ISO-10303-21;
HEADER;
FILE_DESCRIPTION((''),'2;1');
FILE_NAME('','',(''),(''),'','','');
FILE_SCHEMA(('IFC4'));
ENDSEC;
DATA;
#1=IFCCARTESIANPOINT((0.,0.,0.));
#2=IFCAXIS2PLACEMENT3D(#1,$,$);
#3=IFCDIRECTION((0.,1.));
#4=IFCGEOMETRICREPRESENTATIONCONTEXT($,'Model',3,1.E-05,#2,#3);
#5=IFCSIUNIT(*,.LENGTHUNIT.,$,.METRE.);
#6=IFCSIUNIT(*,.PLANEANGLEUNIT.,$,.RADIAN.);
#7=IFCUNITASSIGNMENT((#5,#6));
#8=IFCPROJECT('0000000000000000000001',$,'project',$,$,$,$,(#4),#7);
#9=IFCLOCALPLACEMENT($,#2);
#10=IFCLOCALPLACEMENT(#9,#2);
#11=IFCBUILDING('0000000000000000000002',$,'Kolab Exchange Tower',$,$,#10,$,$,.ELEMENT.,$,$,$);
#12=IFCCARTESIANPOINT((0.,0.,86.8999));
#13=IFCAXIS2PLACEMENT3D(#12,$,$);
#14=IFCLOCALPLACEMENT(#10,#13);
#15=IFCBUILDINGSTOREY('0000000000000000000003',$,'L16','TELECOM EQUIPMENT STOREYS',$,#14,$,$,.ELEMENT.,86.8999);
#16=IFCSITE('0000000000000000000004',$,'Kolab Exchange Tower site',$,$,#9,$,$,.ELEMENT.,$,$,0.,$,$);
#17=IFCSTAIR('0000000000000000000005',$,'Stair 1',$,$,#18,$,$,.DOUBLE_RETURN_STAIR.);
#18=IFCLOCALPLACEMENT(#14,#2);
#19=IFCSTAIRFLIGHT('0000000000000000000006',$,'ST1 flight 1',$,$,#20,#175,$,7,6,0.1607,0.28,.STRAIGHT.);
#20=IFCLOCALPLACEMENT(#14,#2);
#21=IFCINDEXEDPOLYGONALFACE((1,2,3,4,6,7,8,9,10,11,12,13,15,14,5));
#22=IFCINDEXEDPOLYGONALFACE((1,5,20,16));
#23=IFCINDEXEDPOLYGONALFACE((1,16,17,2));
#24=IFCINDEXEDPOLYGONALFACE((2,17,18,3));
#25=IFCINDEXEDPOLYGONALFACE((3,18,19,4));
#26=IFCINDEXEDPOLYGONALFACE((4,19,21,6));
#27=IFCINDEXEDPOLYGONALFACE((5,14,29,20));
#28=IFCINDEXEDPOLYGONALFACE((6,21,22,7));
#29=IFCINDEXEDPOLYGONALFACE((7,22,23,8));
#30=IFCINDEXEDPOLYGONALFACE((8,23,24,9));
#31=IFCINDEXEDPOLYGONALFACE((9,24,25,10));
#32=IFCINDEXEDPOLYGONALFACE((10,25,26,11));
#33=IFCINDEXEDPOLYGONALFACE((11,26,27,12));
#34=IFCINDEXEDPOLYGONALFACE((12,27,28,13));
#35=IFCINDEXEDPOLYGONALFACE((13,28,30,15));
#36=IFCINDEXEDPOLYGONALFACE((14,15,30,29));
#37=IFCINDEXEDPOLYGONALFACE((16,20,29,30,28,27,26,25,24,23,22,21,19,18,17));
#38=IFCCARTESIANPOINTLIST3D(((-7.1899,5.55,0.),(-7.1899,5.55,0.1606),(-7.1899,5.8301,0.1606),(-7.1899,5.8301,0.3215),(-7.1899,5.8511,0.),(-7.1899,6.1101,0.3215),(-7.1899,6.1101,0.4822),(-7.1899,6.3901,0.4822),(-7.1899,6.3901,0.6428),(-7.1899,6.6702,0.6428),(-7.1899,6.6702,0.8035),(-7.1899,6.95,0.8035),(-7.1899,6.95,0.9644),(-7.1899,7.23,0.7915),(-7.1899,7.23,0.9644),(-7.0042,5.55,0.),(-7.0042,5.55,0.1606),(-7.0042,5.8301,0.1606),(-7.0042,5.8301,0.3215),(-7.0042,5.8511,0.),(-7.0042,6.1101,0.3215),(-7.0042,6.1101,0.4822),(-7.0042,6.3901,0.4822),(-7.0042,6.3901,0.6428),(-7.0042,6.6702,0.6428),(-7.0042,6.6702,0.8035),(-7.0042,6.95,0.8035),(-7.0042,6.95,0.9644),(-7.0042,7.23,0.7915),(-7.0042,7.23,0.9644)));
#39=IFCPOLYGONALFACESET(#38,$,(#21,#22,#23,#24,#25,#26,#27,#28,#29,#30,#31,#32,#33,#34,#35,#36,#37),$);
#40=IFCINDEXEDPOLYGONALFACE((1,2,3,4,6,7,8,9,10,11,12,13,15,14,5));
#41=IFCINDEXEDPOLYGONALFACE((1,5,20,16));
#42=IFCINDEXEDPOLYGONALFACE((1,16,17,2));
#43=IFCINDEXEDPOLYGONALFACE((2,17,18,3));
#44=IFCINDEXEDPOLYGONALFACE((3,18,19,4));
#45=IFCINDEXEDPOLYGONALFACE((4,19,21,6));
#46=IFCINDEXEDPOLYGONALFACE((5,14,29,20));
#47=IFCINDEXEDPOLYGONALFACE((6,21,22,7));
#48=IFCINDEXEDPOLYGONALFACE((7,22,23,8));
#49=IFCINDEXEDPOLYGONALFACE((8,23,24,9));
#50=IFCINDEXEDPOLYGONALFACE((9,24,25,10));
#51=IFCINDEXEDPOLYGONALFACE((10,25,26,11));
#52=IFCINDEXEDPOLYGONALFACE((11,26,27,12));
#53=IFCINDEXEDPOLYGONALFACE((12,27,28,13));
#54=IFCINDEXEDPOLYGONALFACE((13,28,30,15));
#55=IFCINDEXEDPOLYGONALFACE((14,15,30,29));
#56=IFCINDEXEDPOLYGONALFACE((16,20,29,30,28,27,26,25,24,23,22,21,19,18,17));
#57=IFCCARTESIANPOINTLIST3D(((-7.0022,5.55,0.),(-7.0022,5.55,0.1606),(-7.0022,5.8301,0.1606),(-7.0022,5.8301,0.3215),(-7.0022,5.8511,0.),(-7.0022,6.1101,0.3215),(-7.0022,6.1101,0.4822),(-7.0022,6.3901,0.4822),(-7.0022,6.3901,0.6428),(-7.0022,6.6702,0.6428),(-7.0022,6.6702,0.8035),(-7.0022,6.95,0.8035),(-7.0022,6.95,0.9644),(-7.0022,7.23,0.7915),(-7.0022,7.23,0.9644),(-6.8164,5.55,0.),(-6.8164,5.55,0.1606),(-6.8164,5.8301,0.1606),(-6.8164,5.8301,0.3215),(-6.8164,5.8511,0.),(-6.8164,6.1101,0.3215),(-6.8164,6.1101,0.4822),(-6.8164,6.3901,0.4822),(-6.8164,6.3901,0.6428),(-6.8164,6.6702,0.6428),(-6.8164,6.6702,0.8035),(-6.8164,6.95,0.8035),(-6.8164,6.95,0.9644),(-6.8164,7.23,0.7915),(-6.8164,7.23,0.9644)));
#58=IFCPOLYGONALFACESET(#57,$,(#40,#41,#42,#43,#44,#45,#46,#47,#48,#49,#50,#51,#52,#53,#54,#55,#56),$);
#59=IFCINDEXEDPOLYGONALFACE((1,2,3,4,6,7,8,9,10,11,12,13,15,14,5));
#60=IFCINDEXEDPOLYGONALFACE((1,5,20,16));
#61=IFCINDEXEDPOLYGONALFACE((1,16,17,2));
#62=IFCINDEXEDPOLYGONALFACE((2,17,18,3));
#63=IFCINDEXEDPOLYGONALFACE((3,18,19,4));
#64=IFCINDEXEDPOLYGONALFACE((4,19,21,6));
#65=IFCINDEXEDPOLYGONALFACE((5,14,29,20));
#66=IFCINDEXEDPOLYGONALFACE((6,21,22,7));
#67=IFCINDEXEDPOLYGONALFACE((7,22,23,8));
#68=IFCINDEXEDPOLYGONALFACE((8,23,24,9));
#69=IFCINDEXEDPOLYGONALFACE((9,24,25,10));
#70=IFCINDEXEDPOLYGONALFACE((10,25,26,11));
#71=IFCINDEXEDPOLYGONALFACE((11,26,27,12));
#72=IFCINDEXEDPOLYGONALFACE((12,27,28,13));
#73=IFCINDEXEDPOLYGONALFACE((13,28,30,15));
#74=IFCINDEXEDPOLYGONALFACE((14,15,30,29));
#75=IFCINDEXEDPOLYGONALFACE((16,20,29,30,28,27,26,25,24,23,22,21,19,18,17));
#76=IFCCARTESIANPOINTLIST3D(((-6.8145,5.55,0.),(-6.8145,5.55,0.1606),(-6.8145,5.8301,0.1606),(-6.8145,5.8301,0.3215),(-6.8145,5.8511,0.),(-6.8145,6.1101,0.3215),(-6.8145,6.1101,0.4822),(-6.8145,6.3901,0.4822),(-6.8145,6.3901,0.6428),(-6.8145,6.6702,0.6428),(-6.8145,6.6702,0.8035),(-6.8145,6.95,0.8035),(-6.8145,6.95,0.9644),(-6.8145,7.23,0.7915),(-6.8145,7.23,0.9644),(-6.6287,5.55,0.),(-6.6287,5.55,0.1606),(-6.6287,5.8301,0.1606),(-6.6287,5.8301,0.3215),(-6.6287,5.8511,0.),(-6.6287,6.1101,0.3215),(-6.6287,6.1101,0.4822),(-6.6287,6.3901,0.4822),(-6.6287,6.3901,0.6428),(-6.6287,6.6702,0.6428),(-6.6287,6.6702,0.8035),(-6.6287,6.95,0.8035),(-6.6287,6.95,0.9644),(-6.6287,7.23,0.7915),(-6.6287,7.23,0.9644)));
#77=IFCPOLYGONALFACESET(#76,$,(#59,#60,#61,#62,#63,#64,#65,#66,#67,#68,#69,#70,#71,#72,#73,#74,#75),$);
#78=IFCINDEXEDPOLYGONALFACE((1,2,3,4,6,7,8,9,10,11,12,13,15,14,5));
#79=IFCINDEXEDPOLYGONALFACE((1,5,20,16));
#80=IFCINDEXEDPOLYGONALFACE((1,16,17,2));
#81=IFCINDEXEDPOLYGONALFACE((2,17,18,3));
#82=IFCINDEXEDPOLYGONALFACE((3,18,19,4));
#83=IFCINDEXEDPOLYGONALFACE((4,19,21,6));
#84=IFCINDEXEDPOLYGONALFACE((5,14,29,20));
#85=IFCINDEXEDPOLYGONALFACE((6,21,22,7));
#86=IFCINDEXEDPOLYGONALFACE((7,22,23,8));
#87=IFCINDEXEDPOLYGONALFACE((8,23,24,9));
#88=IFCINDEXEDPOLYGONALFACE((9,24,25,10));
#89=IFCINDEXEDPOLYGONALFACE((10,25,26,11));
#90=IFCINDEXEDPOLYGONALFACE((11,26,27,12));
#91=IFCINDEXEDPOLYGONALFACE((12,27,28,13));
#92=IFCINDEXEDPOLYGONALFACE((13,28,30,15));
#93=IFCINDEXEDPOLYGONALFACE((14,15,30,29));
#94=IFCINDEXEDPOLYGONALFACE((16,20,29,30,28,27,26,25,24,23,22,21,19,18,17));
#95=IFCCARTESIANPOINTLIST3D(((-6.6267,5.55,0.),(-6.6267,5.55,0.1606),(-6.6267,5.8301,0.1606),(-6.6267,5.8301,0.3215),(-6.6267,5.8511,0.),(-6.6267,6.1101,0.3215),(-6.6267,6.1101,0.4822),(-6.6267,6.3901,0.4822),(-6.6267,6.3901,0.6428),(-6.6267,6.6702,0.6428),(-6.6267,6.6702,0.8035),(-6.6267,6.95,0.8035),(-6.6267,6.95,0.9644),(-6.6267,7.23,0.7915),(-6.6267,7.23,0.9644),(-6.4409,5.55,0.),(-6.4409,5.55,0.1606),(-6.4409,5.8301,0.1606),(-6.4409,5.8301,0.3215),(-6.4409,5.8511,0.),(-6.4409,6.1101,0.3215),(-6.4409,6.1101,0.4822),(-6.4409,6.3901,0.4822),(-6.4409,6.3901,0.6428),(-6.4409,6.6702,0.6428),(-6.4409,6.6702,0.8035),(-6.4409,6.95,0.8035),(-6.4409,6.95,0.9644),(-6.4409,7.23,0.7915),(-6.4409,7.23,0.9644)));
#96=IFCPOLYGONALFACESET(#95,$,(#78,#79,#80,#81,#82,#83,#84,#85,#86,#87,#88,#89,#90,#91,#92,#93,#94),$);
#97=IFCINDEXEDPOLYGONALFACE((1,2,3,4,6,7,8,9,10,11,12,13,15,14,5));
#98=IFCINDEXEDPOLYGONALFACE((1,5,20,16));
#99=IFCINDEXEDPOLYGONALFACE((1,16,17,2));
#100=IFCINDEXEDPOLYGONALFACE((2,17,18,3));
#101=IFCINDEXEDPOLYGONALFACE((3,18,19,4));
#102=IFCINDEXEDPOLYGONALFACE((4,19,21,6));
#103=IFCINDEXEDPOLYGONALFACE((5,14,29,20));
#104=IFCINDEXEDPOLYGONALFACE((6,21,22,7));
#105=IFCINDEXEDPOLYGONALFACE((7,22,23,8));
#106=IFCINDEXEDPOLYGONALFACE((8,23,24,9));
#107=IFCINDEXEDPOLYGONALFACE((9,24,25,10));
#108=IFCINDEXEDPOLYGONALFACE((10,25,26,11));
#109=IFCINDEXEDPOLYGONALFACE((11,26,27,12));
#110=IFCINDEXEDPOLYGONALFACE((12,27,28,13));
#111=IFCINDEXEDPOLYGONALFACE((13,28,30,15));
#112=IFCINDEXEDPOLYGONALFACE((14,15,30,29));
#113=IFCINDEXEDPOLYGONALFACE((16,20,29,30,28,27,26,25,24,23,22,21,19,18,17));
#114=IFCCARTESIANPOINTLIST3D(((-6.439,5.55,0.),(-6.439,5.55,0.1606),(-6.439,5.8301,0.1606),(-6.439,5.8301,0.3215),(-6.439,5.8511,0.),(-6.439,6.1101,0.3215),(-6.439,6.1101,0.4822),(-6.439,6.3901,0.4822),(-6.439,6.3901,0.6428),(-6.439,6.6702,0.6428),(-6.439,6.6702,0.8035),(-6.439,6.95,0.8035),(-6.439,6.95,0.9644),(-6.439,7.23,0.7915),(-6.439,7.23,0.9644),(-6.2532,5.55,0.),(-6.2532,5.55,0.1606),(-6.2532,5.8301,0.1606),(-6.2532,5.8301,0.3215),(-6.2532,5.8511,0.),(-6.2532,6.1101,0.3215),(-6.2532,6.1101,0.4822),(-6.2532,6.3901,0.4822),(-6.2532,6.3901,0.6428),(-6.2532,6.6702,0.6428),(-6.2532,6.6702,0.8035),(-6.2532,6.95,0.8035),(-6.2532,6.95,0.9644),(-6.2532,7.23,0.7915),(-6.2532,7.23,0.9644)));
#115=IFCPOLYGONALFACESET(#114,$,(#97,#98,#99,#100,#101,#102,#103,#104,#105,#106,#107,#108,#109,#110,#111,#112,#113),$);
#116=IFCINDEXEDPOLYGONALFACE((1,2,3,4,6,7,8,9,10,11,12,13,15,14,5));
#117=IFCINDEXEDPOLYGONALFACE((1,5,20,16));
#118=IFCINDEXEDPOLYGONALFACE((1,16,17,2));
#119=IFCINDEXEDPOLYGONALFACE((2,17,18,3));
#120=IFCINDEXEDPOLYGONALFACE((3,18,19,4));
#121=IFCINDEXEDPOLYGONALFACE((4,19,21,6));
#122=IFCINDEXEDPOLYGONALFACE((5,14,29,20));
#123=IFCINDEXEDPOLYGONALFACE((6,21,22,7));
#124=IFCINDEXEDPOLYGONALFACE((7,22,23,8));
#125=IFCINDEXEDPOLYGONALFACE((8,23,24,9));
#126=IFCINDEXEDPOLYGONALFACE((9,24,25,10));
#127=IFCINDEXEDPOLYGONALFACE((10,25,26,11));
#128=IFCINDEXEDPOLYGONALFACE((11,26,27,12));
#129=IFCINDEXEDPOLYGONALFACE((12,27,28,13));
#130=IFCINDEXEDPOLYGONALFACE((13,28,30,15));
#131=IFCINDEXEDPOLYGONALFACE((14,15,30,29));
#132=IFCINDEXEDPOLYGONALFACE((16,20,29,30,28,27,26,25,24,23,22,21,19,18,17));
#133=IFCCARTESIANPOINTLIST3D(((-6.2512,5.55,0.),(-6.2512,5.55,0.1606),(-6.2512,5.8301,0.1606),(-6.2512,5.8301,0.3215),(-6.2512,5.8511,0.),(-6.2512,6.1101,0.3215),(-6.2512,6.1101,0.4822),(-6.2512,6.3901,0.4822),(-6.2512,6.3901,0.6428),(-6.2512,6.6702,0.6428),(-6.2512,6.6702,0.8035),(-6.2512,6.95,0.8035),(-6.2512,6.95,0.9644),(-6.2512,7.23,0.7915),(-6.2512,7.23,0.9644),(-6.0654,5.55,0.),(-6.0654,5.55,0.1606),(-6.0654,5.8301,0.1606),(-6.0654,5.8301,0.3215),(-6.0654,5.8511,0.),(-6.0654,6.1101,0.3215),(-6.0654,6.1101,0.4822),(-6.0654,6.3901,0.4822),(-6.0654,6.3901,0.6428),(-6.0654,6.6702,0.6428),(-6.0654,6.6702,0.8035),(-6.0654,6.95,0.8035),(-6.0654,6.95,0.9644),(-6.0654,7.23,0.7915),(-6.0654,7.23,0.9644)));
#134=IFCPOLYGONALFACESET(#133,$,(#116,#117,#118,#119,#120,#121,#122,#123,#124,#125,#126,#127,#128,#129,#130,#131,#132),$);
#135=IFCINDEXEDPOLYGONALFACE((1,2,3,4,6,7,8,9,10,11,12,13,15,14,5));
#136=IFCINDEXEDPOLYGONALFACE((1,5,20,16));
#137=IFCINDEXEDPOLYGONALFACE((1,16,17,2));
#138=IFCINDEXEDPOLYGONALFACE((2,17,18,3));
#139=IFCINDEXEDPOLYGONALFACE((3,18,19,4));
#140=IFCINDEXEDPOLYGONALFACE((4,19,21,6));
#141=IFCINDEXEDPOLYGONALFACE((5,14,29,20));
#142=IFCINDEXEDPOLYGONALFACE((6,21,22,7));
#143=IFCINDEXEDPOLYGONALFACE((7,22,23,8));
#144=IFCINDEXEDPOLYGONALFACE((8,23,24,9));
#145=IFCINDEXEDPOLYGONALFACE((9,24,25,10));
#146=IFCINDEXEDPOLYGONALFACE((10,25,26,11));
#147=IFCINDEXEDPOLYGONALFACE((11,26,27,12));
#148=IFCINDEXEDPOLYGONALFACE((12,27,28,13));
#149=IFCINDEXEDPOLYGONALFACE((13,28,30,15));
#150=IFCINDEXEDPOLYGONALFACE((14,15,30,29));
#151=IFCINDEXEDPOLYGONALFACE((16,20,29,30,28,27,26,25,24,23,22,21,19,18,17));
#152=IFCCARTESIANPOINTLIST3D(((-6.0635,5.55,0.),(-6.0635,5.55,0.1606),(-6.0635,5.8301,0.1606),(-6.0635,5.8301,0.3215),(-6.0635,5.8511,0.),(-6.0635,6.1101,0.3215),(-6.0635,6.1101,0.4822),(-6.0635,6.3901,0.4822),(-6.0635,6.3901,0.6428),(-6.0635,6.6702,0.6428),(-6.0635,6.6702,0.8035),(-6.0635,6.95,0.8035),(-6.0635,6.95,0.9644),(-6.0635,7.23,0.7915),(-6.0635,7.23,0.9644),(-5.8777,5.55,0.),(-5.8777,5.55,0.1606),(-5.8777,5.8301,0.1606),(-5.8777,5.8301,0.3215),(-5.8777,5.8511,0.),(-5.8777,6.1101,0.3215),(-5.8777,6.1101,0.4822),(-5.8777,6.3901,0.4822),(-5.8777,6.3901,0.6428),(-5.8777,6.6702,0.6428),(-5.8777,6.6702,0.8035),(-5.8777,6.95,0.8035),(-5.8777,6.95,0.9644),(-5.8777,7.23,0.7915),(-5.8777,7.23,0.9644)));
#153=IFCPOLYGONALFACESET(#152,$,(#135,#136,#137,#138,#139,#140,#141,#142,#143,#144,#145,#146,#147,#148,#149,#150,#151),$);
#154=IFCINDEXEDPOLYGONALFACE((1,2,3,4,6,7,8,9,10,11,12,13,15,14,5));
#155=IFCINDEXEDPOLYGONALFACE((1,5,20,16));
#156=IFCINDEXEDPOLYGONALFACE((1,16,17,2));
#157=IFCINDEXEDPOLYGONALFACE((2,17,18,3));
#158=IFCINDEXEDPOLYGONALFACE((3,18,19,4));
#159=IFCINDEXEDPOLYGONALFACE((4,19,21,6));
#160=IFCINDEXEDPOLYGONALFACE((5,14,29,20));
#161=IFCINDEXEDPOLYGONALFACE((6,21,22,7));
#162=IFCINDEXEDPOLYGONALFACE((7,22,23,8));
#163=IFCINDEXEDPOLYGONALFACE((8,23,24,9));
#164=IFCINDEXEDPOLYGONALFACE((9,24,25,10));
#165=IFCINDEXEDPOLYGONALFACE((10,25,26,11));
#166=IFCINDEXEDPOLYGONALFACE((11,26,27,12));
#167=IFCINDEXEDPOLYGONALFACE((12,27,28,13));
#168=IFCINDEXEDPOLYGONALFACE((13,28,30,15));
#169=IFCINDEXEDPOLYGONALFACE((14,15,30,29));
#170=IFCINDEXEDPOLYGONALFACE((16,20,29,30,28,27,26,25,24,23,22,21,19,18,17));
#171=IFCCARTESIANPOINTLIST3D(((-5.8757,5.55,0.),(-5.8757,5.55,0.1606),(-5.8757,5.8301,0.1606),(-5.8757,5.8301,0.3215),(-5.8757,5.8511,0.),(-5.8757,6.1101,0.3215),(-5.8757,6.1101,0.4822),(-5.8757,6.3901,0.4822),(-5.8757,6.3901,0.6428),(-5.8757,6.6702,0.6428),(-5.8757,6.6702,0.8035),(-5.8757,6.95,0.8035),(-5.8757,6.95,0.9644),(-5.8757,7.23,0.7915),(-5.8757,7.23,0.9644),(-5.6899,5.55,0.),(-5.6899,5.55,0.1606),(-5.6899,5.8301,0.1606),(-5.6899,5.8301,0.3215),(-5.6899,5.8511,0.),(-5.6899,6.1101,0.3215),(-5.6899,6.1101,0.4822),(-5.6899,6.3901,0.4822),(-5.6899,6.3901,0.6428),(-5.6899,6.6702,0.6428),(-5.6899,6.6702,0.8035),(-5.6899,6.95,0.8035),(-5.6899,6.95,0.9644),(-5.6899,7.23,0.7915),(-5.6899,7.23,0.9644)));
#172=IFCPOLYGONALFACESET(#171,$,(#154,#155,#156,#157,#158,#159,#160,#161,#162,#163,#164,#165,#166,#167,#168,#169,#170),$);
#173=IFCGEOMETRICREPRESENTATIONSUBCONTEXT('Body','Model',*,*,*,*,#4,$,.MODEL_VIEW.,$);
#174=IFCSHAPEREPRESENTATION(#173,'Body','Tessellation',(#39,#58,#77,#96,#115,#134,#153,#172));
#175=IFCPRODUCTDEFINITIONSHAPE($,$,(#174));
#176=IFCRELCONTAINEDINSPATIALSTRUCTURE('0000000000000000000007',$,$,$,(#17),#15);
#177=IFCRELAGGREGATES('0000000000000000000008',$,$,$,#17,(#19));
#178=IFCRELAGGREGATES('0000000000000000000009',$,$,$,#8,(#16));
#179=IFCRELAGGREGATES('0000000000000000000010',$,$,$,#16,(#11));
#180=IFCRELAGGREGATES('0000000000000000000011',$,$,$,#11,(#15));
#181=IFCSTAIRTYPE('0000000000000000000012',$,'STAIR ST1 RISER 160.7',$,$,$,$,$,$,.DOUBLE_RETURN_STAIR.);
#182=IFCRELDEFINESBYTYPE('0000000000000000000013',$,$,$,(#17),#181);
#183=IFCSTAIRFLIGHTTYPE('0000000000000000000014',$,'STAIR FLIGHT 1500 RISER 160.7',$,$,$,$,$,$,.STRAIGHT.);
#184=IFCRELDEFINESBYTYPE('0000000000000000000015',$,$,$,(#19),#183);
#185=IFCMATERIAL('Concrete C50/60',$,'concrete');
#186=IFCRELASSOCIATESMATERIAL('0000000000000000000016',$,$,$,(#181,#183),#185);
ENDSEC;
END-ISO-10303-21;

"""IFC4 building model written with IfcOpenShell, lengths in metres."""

from ifc_helpers import new_model, si_unit, direction, frame, origin, place, context, subcontext, project, spatial, polyline, outline, extrude, material, type_object, element, aggregate, save


model = new_model("IFC4")

# Units and contexts
model_context = context("Model", 3, precision=1e-05, world=origin(), true_north=direction((0.0, 1.0)))
body_context = subcontext(model_context, "Body", "Model", "MODEL_VIEW")
ifc_project = project(units=[si_unit("LENGTHUNIT", "METRE"), si_unit("PLANEANGLEUNIT", "RADIAN")], contexts=[model_context])

# Site, building, storey
site_placement = place(None, origin())
site = spatial("IfcSite", under=ifc_project, at=site_placement, Name="Kolab Exchange Tower site", CompositionType="ELEMENT", RefElevation=0.0)
building_placement = place(site_placement, origin())
building = spatial("IfcBuilding", under=site, at=building_placement, Name="Kolab Exchange Tower", CompositionType="ELEMENT")
storey_placement = place(building_placement, frame((0.0, 0.0, 86.8999)))
storey = spatial("IfcBuildingStorey", under=building, at=storey_placement, Name="L16", Description="TELECOM EQUIPMENT STOREYS", CompositionType="ELEMENT", Elevation=86.8999)

# Shared definitions
ifc_material_1 = material(Name="Concrete C50/60", Category="concrete")

# Stair, stair flight
stair_type = type_object("IfcStairType", Name="STAIR ST1 RISER 160.7", PredefinedType="DOUBLE_RETURN_STAIR", material=ifc_material_1)
stair_placement = place(storey_placement, origin())
stair = element("IfcStair", 1, at=stair_placement, inside=storey, type_object=stair_type, Name="Stair 1", PredefinedType="DOUBLE_RETURN_STAIR")
stair_flight_type = type_object("IfcStairFlightType", Name="STAIR FLIGHT 1500 RISER 160.7", PredefinedType="STRAIGHT", material=ifc_material_1)
stair_flight_1_placement = place(storey_placement, frame((-6.4399, 5.55, 0.0), z_axis=(0.0, 0.0, 1.0), x_axis=(0.0, 1.0, 0.0)))
stair_flight_1 = element("IfcStairFlight", 2, at=stair_flight_1_placement, type_object=stair_flight_type, Name="ST1 flight 1", NumberOfRisers=7, NumberOfTreads=6, PredefinedType="STRAIGHT", RiserHeight=0.1607, TreadLength=0.28, context=body_context, shape_type="SweptSolid", body=[
    extrude(outline(polyline([(0.0, 0.0), (0.0, 0.1606), (0.28, 0.1606), (0.28, 0.3215), (0.5601, 0.3215), (0.5601, 0.4822), (0.8401, 0.4822), (0.8401, 0.6428), (1.1201, 0.6428), (1.1201, 0.8035), (1.3999, 0.8035), (1.3999, 0.9644), (1.6799, 0.9644), (1.6799, 1.125), (1.6799, 0.7915), (0.301, 0.0), (0.0, 0.0)])), frame((0.0, 0.75, 0.0), z_axis=(0.0, -1.0, 0.0), x_axis=(1.0, 0.0, 0.0)), (0.0, 0.0, 1.0), 0.1858),
    extrude(outline(polyline([(0.0, 0.0), (0.0, 0.1606), (0.28, 0.1606), (0.28, 0.3215), (0.5601, 0.3215), (0.5601, 0.4822), (0.8401, 0.4822), (0.8401, 0.6428), (1.1201, 0.6428), (1.1201, 0.8035), (1.3999, 0.8035), (1.3999, 0.9644), (1.6799, 0.9644), (1.6799, 1.125), (1.6799, 0.7915), (0.301, 0.0), (0.0, 0.0)])), frame((0.0, 0.5623, 0.0), z_axis=(0.0, -1.0, 0.0), x_axis=(1.0, 0.0, 0.0)), (0.0, 0.0, 1.0), 0.1858),
    extrude(outline(polyline([(0.0, 0.0), (0.0, 0.1606), (0.28, 0.1606), (0.28, 0.3215), (0.5601, 0.3215), (0.5601, 0.4822), (0.8401, 0.4822), (0.8401, 0.6428), (1.1201, 0.6428), (1.1201, 0.8035), (1.3999, 0.8035), (1.3999, 0.9644), (1.6799, 0.9644), (1.6799, 1.125), (1.6799, 0.7915), (0.301, 0.0), (0.0, 0.0)])), frame((0.0, 0.3745, 0.0), z_axis=(0.0, -1.0, 0.0), x_axis=(1.0, 0.0, 0.0)), (0.0, 0.0, 1.0), 0.1858),
    extrude(outline(polyline([(0.0, 0.0), (0.0, 0.1606), (0.28, 0.1606), (0.28, 0.3215), (0.5601, 0.3215), (0.5601, 0.4822), (0.8401, 0.4822), (0.8401, 0.6428), (1.1201, 0.6428), (1.1201, 0.8035), (1.3999, 0.8035), (1.3999, 0.9644), (1.6799, 0.9644), (1.6799, 1.125), (1.6799, 0.7915), (0.301, 0.0), (0.0, 0.0)])), frame((0.0, 0.1868, 0.0), z_axis=(0.0, -1.0, 0.0), x_axis=(1.0, 0.0, 0.0)), (0.0, 0.0, 1.0), 0.1858),
    extrude(outline(polyline([(0.0, 0.0), (0.0, 0.1606), (0.28, 0.1606), (0.28, 0.3215), (0.5601, 0.3215), (0.5601, 0.4822), (0.8401, 0.4822), (0.8401, 0.6428), (1.1201, 0.6428), (1.1201, 0.8035), (1.3999, 0.8035), (1.3999, 0.9644), (1.6799, 0.9644), (1.6799, 1.125), (1.6799, 0.7915), (0.301, 0.0), (0.0, 0.0)])), frame((0.0, -0.001, 0.0), z_axis=(0.0, -1.0, 0.0), x_axis=(1.0, 0.0, 0.0)), (0.0, 0.0, 1.0), 0.1858),
    extrude(outline(polyline([(0.0, 0.0), (0.0, 0.1606), (0.28, 0.1606), (0.28, 0.3215), (0.5601, 0.3215), (0.5601, 0.4822), (0.8401, 0.4822), (0.8401, 0.6428), (1.1201, 0.6428), (1.1201, 0.8035), (1.3999, 0.8035), (1.3999, 0.9644), (1.6799, 0.9644), (1.6799, 1.125), (1.6799, 0.7915), (0.301, 0.0), (0.0, 0.0)])), frame((0.0, -0.1887, 0.0), z_axis=(0.0, -1.0, 0.0), x_axis=(1.0, 0.0, 0.0)), (0.0, 0.0, 1.0), 0.1858),
    extrude(outline(polyline([(0.0, 0.0), (0.0, 0.1606), (0.28, 0.1606), (0.28, 0.3215), (0.5601, 0.3215), (0.5601, 0.4822), (0.8401, 0.4822), (0.8401, 0.6428), (1.1201, 0.6428), (1.1201, 0.8035), (1.3999, 0.8035), (1.3999, 0.9644), (1.6799, 0.9644), (1.6799, 1.125), (1.6799, 0.7915), (0.301, 0.0), (0.0, 0.0)])), frame((0.0, -0.3765, 0.0), z_axis=(0.0, -1.0, 0.0), x_axis=(1.0, 0.0, 0.0)), (0.0, 0.0, 1.0), 0.1858),
    extrude(outline(polyline([(0.0, 0.0), (0.0, 0.1606), (0.28, 0.1606), (0.28, 0.3215), (0.5601, 0.3215), (0.5601, 0.4822), (0.8401, 0.4822), (0.8401, 0.6428), (1.1201, 0.6428), (1.1201, 0.8035), (1.3999, 0.8035), (1.3999, 0.9644), (1.6799, 0.9644), (1.6799, 1.125), (1.6799, 0.7915), (0.301, 0.0), (0.0, 0.0)])), frame((0.0, -0.5642, 0.0), z_axis=(0.0, -1.0, 0.0), x_axis=(1.0, 0.0, 0.0)), (0.0, 0.0, 1.0), 0.1858),
])
aggregate(stair, [stair_flight_1])

save(model, "model.ifc")
